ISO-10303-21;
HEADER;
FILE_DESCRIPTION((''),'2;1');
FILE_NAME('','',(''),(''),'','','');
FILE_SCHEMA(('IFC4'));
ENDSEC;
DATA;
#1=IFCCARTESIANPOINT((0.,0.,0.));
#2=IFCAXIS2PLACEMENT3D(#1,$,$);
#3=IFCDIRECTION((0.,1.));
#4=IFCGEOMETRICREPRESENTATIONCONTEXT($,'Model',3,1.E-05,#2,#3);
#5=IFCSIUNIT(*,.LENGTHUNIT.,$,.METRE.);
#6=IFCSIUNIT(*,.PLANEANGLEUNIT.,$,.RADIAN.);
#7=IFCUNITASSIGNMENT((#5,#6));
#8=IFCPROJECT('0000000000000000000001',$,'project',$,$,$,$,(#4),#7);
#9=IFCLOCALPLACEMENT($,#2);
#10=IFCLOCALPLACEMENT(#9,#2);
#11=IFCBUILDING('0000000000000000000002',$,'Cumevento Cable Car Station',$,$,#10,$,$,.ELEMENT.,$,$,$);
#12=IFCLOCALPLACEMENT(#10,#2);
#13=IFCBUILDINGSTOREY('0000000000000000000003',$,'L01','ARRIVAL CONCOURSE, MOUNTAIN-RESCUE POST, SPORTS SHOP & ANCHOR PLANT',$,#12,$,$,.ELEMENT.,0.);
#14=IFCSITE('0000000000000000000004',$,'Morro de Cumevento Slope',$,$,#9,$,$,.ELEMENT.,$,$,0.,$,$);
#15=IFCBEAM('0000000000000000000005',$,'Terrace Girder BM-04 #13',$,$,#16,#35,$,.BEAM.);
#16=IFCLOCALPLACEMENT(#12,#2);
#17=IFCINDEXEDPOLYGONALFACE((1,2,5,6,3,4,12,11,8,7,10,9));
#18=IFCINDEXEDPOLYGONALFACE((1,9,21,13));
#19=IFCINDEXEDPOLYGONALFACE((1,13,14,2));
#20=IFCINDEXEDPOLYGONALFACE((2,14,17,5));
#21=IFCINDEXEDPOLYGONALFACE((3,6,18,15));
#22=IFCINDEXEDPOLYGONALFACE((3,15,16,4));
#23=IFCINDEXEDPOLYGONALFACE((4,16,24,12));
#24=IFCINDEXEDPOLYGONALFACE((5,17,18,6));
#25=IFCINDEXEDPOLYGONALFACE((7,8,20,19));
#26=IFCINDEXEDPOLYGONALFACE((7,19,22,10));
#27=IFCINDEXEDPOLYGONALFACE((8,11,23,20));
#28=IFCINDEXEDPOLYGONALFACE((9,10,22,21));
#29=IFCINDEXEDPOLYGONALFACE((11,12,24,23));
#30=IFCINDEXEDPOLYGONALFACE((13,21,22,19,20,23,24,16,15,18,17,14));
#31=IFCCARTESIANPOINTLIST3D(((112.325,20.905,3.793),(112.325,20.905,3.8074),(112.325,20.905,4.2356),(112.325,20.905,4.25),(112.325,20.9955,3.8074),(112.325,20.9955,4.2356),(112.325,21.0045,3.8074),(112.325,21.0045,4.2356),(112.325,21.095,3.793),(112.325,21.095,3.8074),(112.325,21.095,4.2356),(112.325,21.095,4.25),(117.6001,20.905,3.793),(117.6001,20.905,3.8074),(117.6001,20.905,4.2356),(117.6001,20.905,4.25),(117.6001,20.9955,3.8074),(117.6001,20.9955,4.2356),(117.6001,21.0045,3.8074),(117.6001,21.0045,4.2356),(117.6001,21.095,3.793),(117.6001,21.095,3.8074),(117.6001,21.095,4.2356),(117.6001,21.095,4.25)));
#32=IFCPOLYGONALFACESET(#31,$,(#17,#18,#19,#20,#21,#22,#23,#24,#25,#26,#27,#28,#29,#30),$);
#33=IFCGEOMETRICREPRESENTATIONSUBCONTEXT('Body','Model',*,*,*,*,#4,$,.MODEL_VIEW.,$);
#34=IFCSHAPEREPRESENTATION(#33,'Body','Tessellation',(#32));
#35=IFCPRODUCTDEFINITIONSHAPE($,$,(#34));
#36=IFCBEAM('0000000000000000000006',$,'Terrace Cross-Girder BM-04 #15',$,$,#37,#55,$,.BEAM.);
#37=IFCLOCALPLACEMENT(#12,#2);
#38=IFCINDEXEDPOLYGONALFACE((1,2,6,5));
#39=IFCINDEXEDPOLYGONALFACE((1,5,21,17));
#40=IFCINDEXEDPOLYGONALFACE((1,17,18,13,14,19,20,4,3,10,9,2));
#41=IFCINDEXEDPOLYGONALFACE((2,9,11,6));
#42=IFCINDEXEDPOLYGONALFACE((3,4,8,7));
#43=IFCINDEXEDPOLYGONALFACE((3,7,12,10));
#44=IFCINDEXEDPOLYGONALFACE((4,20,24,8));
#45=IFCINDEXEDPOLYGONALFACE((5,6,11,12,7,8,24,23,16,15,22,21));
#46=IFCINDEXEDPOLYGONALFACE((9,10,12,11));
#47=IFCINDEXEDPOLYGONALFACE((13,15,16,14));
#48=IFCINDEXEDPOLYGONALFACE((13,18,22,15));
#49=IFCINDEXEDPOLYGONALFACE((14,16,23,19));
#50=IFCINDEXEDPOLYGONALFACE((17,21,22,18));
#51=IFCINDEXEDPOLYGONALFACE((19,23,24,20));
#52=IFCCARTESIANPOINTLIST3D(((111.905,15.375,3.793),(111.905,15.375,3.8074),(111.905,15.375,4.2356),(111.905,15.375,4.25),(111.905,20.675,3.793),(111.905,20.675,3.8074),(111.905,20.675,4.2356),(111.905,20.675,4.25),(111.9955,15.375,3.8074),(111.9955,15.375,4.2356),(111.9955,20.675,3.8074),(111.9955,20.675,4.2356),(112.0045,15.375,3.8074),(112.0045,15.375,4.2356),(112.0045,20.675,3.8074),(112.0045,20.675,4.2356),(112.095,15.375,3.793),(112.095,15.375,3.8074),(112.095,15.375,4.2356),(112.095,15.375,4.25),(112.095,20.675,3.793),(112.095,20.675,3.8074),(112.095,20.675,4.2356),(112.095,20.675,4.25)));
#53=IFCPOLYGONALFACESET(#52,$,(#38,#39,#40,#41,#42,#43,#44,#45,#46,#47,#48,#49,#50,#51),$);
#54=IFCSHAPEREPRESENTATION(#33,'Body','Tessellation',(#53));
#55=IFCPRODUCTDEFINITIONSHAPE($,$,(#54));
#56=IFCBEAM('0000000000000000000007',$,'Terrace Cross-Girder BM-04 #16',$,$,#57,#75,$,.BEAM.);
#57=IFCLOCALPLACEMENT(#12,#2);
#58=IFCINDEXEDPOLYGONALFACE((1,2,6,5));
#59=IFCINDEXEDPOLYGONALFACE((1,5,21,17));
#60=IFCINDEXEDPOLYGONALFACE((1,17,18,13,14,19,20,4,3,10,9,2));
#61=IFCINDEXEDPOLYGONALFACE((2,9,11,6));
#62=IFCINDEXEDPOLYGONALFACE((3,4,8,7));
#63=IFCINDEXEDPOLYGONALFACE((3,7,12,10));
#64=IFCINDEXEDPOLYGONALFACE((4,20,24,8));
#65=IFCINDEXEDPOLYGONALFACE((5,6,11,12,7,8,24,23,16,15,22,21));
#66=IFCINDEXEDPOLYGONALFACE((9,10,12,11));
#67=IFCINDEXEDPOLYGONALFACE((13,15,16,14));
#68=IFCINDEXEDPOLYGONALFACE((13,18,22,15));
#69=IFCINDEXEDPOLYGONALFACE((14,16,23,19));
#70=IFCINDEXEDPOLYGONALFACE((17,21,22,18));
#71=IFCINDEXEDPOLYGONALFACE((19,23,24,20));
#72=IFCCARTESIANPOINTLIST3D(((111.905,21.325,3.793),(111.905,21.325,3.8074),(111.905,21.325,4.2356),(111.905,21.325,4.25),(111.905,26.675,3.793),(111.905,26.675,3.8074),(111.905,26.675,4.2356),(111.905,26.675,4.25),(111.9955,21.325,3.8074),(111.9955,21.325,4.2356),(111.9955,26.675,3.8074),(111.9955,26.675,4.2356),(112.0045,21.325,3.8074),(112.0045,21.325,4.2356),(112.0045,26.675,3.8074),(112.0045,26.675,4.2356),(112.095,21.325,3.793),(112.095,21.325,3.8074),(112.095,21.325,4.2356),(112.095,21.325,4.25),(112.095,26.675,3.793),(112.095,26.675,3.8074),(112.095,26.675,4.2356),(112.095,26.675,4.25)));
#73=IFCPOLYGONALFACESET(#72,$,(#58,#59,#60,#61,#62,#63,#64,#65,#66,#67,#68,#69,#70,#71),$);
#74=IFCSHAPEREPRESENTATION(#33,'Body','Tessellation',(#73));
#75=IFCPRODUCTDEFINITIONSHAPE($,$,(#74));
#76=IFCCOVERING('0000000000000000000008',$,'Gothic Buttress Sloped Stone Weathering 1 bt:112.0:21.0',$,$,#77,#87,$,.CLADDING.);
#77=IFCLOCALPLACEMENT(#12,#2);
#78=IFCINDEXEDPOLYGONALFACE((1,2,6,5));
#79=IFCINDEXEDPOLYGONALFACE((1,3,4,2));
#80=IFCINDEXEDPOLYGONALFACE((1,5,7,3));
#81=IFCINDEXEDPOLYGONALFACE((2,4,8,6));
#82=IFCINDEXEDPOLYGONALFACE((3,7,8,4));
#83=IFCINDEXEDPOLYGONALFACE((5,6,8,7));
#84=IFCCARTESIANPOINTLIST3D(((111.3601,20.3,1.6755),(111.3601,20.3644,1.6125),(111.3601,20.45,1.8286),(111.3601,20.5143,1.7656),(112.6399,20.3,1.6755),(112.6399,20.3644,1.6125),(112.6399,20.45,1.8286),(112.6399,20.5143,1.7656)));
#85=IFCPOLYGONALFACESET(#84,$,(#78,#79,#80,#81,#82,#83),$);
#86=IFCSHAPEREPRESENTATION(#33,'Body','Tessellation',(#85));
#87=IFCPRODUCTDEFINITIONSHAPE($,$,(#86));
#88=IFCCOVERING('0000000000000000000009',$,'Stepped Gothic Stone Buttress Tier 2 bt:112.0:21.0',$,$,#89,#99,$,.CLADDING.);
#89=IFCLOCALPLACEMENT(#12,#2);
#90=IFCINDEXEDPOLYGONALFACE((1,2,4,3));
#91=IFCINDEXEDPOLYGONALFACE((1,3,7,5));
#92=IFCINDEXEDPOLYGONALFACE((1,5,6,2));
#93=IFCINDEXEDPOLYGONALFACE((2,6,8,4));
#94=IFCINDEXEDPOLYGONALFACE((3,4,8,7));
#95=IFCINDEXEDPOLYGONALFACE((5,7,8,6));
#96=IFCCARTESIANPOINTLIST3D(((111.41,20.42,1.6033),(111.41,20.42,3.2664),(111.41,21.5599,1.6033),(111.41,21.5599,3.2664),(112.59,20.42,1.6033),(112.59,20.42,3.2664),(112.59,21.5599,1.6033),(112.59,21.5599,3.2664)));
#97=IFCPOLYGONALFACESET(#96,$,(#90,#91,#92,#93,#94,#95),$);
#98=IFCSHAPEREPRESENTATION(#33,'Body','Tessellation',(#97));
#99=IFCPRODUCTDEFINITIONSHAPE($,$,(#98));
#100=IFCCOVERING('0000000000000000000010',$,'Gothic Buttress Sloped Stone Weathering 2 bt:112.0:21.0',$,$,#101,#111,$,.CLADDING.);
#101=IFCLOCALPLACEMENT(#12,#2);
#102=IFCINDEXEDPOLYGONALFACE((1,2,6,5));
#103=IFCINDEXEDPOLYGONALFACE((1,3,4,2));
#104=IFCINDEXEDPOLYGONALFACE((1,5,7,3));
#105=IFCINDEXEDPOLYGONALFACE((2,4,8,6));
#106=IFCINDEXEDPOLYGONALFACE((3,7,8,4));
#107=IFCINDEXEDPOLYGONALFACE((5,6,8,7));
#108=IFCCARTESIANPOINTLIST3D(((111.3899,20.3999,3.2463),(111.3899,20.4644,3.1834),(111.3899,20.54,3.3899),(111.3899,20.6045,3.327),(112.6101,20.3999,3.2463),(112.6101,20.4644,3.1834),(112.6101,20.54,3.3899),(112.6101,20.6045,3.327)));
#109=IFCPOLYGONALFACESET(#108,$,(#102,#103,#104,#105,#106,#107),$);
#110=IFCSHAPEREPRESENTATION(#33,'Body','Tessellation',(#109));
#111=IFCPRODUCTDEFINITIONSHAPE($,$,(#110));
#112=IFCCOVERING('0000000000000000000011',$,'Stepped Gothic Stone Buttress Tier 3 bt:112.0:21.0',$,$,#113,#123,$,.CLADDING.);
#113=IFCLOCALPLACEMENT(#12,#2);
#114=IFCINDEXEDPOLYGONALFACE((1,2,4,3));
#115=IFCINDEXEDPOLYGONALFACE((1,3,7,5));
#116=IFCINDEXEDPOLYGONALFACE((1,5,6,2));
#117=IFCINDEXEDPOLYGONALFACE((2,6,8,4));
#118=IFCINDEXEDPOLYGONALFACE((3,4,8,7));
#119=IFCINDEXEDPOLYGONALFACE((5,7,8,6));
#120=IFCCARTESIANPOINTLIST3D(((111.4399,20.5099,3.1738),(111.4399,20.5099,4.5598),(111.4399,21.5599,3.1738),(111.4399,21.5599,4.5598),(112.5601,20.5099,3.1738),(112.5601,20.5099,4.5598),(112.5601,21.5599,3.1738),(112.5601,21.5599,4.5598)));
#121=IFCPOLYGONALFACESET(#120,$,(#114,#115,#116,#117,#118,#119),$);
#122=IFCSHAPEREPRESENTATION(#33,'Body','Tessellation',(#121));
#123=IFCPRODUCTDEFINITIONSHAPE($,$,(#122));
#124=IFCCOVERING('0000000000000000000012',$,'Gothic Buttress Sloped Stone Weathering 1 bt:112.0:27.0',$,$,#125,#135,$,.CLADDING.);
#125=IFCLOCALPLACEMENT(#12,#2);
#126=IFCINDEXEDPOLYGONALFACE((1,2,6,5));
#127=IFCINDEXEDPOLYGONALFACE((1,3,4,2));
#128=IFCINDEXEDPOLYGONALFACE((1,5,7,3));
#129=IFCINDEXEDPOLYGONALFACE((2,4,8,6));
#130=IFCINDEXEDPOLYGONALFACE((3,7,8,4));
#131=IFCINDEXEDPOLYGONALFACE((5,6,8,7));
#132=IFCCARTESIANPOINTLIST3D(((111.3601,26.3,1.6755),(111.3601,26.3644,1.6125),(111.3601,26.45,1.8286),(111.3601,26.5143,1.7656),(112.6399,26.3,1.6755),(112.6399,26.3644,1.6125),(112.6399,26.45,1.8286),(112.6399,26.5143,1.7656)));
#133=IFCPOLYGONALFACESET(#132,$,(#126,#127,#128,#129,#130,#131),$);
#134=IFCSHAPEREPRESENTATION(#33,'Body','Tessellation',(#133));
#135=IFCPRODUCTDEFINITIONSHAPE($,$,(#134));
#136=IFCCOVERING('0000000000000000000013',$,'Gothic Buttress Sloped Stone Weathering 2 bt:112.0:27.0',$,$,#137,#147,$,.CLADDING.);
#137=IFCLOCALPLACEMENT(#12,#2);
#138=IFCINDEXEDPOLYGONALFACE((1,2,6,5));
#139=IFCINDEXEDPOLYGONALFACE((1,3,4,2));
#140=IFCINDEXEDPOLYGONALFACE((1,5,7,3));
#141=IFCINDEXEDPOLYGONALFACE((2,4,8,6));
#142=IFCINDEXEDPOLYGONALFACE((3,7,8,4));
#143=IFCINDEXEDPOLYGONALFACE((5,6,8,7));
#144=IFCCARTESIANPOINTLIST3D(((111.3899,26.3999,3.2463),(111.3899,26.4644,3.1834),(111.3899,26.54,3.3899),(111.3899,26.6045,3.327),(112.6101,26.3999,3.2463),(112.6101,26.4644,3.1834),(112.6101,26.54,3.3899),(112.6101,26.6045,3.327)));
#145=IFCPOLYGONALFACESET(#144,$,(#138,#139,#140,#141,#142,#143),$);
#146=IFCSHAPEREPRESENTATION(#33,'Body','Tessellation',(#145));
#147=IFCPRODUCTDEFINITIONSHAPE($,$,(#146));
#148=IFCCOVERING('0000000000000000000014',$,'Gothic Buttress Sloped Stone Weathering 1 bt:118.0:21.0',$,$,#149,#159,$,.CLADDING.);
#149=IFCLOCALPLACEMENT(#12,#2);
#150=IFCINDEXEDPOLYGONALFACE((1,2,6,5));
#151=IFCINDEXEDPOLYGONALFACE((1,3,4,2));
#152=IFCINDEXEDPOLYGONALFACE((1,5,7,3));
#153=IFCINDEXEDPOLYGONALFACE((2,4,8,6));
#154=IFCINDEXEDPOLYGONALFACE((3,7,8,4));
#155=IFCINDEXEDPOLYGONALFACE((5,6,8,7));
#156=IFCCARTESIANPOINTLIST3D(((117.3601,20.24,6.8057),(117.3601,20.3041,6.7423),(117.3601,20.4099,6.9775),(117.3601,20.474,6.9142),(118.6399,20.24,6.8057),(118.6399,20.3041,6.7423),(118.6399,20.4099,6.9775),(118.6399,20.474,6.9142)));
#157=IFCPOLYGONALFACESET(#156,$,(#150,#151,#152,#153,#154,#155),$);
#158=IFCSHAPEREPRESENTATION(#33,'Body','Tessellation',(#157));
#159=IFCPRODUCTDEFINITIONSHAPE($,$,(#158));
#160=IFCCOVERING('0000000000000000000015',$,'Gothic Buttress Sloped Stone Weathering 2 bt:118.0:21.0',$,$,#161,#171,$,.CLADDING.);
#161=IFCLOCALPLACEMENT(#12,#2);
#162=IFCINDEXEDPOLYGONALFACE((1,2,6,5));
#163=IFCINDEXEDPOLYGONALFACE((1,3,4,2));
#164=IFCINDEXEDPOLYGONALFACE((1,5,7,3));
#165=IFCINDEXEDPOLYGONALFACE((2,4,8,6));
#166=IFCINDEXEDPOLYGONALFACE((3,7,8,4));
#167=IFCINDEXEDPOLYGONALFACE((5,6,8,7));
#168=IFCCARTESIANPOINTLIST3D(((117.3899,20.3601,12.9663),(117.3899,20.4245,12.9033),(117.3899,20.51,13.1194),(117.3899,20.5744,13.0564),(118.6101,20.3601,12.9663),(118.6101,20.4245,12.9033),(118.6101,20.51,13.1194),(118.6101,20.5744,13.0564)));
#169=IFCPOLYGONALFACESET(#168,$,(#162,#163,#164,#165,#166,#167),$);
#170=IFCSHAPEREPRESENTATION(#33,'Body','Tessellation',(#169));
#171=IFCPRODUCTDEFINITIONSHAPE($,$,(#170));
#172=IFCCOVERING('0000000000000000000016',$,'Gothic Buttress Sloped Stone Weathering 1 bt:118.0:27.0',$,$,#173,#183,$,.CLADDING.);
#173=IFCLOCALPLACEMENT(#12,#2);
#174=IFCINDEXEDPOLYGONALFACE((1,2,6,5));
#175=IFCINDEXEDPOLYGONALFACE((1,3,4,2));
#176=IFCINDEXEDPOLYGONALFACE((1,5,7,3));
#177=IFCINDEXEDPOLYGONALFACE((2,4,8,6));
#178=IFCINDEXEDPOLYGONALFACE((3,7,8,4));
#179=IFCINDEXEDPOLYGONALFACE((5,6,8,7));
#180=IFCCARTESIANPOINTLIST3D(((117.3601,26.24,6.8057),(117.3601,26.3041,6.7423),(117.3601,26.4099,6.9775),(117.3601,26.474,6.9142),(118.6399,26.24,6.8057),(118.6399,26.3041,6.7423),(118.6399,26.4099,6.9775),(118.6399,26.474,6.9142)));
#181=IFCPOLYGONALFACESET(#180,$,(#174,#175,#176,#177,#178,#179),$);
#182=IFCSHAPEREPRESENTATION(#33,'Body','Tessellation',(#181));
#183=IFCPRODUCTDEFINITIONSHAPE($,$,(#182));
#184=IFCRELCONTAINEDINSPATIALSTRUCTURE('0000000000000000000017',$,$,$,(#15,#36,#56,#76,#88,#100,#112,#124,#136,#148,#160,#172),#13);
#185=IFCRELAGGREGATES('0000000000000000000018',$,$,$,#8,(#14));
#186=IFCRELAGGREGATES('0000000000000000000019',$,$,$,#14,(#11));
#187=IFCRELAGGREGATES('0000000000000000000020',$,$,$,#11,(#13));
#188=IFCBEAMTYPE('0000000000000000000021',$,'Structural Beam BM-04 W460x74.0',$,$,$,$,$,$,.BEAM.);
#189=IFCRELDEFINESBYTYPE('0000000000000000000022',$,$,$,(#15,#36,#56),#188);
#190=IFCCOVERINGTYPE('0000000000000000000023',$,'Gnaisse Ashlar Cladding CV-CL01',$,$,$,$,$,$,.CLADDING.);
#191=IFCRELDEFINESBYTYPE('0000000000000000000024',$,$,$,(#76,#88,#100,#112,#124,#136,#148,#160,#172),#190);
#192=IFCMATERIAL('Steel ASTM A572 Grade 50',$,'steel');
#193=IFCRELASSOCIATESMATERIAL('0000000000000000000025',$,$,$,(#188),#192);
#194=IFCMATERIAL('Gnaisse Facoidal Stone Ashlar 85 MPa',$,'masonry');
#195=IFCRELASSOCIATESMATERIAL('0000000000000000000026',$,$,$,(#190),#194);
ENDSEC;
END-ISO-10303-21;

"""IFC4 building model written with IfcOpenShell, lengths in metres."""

from ifc_helpers import new_model, si_unit, direction, frame, origin, origin_2d, place, context, subcontext, project, spatial, polyline, rectangle, i_section, outline, extrude, material, material_profile, profile_set, type_object, element, save


model = new_model("IFC4")

# Units and contexts
model_context = context("Model", 3, precision=1e-05, world=origin(), true_north=direction((0.0, 1.0)))
body_context = subcontext(model_context, "Body", "Model", "MODEL_VIEW")
ifc_project = project(units=[si_unit("LENGTHUNIT", "METRE"), si_unit("PLANEANGLEUNIT", "RADIAN")], contexts=[model_context])

# Site, building, storey
site_placement = place(None, origin())
site = spatial("IfcSite", under=ifc_project, at=site_placement, Name="Morro de Cumevento Slope", CompositionType="ELEMENT", RefElevation=0.0)
building_placement = place(site_placement, origin())
building = spatial("IfcBuilding", under=site, at=building_placement, Name="Cumevento Cable Car Station", CompositionType="ELEMENT")
storey_placement = place(building_placement, origin())
storey = spatial("IfcBuildingStorey", under=building, at=storey_placement, Name="L01", Description="ARRIVAL CONCOURSE, MOUNTAIN-RESCUE POST, SPORTS SHOP & ANCHOR PLANT", CompositionType="ELEMENT", Elevation=0.0)

# Beams
ifc_material_1 = material(Name="Steel ASTM A572 Grade 50", Category="steel")
ifc_material_profile = material_profile(ifc_material_1, i_section(OverallWidth=0.1899, OverallDepth=0.457, WebThickness=0.009, FlangeThickness=0.0144, at=origin_2d()), Name="W460x74.0")
ifc_profile_set = profile_set([ifc_material_profile], Name="Steel ASTM A572 Grade 50")
beam_type = type_object("IfcBeamType", Name="Structural Beam BM-04 W460x74.0", PredefinedType="BEAM", material=ifc_profile_set)
beam_1_placement = place(storey_placement, frame((112.325, 21.0, 4.0215), z_axis=(1.0, 0.0, 0.0), x_axis=(0.0, 1.0, 0.0)))
element("IfcBeam", 1, at=beam_1_placement, inside=storey, type_object=beam_type, Name="Terrace Girder BM-04 #13", PredefinedType="BEAM", context=body_context, shape_type="SweptSolid", body=[
    extrude(i_section(OverallWidth=0.1899, OverallDepth=0.457, WebThickness=0.009, FlangeThickness=0.0144, at=origin_2d()), origin(), (0.0, 0.0, 1.0), 5.2751),
])
beam_2_placement = place(storey_placement, frame((112.0, 15.375, 4.0215), z_axis=(0.0, 1.0, 0.0), x_axis=(-1.0, 0.0, 0.0)))
element("IfcBeam", 2, at=beam_2_placement, inside=storey, type_object=beam_type, Name="Terrace Cross-Girder BM-04 #15", PredefinedType="BEAM", context=body_context, shape_type="SweptSolid", body=[
    extrude(i_section(OverallWidth=0.1899, OverallDepth=0.457, WebThickness=0.009, FlangeThickness=0.0144, at=origin_2d()), origin(), (0.0, 0.0, 1.0), 5.3),
])
beam_3_placement = place(storey_placement, frame((112.0, 21.325, 4.0215), z_axis=(0.0, 1.0, 0.0), x_axis=(-1.0, 0.0, 0.0)))
element("IfcBeam", 3, at=beam_3_placement, inside=storey, type_object=beam_type, Name="Terrace Cross-Girder BM-04 #16", PredefinedType="BEAM", context=body_context, shape_type="SweptSolid", body=[
    extrude(i_section(OverallWidth=0.1899, OverallDepth=0.457, WebThickness=0.009, FlangeThickness=0.0144, at=origin_2d()), origin(), (0.0, 0.0, 1.0), 5.3501),
])

# Coverings
ifc_material_2 = material(Name="Gnaisse Facoidal Stone Ashlar 85 MPa", Category="masonry")
covering_type = type_object("IfcCoveringType", Name="Gnaisse Ashlar Cladding CV-CL01", PredefinedType="CLADDING", material=ifc_material_2)
covering_1_placement = place(storey_placement, frame((111.3601, 20.3, 1.6755), z_axis=(0.0, -0.714475, 0.699661), x_axis=(1.0, 0.0, 0.0)))
element("IfcCovering", 4, at=covering_1_placement, inside=storey, type_object=covering_type, Name="Gothic Buttress Sloped Stone Weathering 1 bt:112.0:21.0", PredefinedType="CLADDING", context=body_context, shape_type="SweptSolid", body=[
    extrude(outline(polyline([(0.0, 0.0), (1.2798, 0.0), (1.2798, 0.2142), (0.0, 0.2142), (0.0, 0.0)])), origin(), (0.0, 0.0, -1.0), 0.0901),
])
covering_2_placement = place(storey_placement, frame((112.0, 20.99, 1.6033), z_axis=(0.0, 0.0, 1.0), x_axis=(1.0, 0.0, 0.0)))
element("IfcCovering", 5, at=covering_2_placement, inside=storey, type_object=covering_type, Name="Stepped Gothic Stone Buttress Tier 2 bt:112.0:21.0", PredefinedType="CLADDING", context=body_context, shape_type="SweptSolid", body=[
    extrude(rectangle(XDim=1.1799, YDim=1.1399, at=origin_2d()), origin(), (0.0, 0.0, 1.0), 1.6631),
])
covering_3_placement = place(storey_placement, frame((111.3899, 20.3999, 3.2463), z_axis=(0.0, -0.715574, 0.698537), x_axis=(1.0, 0.0, 0.0)))
element("IfcCovering", 6, at=covering_3_placement, inside=storey, type_object=covering_type, Name="Gothic Buttress Sloped Stone Weathering 2 bt:112.0:21.0", PredefinedType="CLADDING", context=body_context, shape_type="SweptSolid", body=[
    extrude(outline(polyline([(0.0, 0.0), (1.2202, 0.0), (1.2202, 0.2006), (0.0, 0.2006), (0.0, 0.0)])), origin(), (0.0, 0.0, -1.0), 0.0901),
])
covering_4_placement = place(storey_placement, frame((112.0, 21.0349, 3.1738), z_axis=(0.0, 0.0, 1.0), x_axis=(1.0, 0.0, 0.0)))
element("IfcCovering", 7, at=covering_4_placement, inside=storey, type_object=covering_type, Name="Stepped Gothic Stone Buttress Tier 3 bt:112.0:21.0", PredefinedType="CLADDING", context=body_context, shape_type="SweptSolid", body=[
    extrude(rectangle(XDim=1.1201, YDim=1.05, at=origin_2d()), origin(), (0.0, 0.0, 1.0), 1.386),
])
covering_5_placement = place(storey_placement, frame((111.3601, 26.3, 1.6755), z_axis=(0.0, -0.714475, 0.699661), x_axis=(1.0, 0.0, 0.0)))
element("IfcCovering", 8, at=covering_5_placement, inside=storey, type_object=covering_type, Name="Gothic Buttress Sloped Stone Weathering 1 bt:112.0:27.0", PredefinedType="CLADDING", context=body_context, shape_type="SweptSolid", body=[
    extrude(outline(polyline([(0.0, 0.0), (1.2798, 0.0), (1.2798, 0.2142), (0.0, 0.2142), (0.0, 0.0)])), origin(), (0.0, 0.0, -1.0), 0.0901),
])
covering_6_placement = place(storey_placement, frame((111.3899, 26.3999, 3.2463), z_axis=(0.0, -0.715574, 0.698537), x_axis=(1.0, 0.0, 0.0)))
element("IfcCovering", 9, at=covering_6_placement, inside=storey, type_object=covering_type, Name="Gothic Buttress Sloped Stone Weathering 2 bt:112.0:27.0", PredefinedType="CLADDING", context=body_context, shape_type="SweptSolid", body=[
    extrude(outline(polyline([(0.0, 0.0), (1.2202, 0.0), (1.2202, 0.2006), (0.0, 0.2006), (0.0, 0.0)])), origin(), (0.0, 0.0, -1.0), 0.0901),
])
covering_7_placement = place(storey_placement, frame((117.3601, 20.24, 6.8057), z_axis=(0.0, -0.711136, 0.703055), x_axis=(1.0, 0.0, 0.0)))
element("IfcCovering", 10, at=covering_7_placement, inside=storey, type_object=covering_type, Name="Gothic Buttress Sloped Stone Weathering 1 bt:118.0:21.0", PredefinedType="CLADDING", context=body_context, shape_type="SweptSolid", body=[
    extrude(outline(polyline([(0.0, 0.0), (1.2798, 0.0), (1.2798, 0.2417), (0.0, 0.2417), (0.0, 0.0)])), origin(), (0.0, 0.0, -1.0), 0.0901),
])
covering_8_placement = place(storey_placement, frame((117.3899, 20.3601, 12.9663), z_axis=(0.0, -0.714475, 0.699661), x_axis=(1.0, 0.0, 0.0)))
element("IfcCovering", 11, at=covering_8_placement, inside=storey, type_object=covering_type, Name="Gothic Buttress Sloped Stone Weathering 2 bt:118.0:21.0", PredefinedType="CLADDING", context=body_context, shape_type="SweptSolid", body=[
    extrude(outline(polyline([(0.0, 0.0), (1.2202, 0.0), (1.2202, 0.2142), (0.0, 0.2142), (0.0, 0.0)])), origin(), (0.0, 0.0, -1.0), 0.0901),
])
covering_9_placement = place(storey_placement, frame((117.3601, 26.24, 6.8057), z_axis=(0.0, -0.711136, 0.703055), x_axis=(1.0, 0.0, 0.0)))
element("IfcCovering", 12, at=covering_9_placement, inside=storey, type_object=covering_type, Name="Gothic Buttress Sloped Stone Weathering 1 bt:118.0:27.0", PredefinedType="CLADDING", context=body_context, shape_type="SweptSolid", body=[
    extrude(outline(polyline([(0.0, 0.0), (1.2798, 0.0), (1.2798, 0.2417), (0.0, 0.2417), (0.0, 0.0)])), origin(), (0.0, 0.0, -1.0), 0.0901),
])

save(model, "model.ifc")
